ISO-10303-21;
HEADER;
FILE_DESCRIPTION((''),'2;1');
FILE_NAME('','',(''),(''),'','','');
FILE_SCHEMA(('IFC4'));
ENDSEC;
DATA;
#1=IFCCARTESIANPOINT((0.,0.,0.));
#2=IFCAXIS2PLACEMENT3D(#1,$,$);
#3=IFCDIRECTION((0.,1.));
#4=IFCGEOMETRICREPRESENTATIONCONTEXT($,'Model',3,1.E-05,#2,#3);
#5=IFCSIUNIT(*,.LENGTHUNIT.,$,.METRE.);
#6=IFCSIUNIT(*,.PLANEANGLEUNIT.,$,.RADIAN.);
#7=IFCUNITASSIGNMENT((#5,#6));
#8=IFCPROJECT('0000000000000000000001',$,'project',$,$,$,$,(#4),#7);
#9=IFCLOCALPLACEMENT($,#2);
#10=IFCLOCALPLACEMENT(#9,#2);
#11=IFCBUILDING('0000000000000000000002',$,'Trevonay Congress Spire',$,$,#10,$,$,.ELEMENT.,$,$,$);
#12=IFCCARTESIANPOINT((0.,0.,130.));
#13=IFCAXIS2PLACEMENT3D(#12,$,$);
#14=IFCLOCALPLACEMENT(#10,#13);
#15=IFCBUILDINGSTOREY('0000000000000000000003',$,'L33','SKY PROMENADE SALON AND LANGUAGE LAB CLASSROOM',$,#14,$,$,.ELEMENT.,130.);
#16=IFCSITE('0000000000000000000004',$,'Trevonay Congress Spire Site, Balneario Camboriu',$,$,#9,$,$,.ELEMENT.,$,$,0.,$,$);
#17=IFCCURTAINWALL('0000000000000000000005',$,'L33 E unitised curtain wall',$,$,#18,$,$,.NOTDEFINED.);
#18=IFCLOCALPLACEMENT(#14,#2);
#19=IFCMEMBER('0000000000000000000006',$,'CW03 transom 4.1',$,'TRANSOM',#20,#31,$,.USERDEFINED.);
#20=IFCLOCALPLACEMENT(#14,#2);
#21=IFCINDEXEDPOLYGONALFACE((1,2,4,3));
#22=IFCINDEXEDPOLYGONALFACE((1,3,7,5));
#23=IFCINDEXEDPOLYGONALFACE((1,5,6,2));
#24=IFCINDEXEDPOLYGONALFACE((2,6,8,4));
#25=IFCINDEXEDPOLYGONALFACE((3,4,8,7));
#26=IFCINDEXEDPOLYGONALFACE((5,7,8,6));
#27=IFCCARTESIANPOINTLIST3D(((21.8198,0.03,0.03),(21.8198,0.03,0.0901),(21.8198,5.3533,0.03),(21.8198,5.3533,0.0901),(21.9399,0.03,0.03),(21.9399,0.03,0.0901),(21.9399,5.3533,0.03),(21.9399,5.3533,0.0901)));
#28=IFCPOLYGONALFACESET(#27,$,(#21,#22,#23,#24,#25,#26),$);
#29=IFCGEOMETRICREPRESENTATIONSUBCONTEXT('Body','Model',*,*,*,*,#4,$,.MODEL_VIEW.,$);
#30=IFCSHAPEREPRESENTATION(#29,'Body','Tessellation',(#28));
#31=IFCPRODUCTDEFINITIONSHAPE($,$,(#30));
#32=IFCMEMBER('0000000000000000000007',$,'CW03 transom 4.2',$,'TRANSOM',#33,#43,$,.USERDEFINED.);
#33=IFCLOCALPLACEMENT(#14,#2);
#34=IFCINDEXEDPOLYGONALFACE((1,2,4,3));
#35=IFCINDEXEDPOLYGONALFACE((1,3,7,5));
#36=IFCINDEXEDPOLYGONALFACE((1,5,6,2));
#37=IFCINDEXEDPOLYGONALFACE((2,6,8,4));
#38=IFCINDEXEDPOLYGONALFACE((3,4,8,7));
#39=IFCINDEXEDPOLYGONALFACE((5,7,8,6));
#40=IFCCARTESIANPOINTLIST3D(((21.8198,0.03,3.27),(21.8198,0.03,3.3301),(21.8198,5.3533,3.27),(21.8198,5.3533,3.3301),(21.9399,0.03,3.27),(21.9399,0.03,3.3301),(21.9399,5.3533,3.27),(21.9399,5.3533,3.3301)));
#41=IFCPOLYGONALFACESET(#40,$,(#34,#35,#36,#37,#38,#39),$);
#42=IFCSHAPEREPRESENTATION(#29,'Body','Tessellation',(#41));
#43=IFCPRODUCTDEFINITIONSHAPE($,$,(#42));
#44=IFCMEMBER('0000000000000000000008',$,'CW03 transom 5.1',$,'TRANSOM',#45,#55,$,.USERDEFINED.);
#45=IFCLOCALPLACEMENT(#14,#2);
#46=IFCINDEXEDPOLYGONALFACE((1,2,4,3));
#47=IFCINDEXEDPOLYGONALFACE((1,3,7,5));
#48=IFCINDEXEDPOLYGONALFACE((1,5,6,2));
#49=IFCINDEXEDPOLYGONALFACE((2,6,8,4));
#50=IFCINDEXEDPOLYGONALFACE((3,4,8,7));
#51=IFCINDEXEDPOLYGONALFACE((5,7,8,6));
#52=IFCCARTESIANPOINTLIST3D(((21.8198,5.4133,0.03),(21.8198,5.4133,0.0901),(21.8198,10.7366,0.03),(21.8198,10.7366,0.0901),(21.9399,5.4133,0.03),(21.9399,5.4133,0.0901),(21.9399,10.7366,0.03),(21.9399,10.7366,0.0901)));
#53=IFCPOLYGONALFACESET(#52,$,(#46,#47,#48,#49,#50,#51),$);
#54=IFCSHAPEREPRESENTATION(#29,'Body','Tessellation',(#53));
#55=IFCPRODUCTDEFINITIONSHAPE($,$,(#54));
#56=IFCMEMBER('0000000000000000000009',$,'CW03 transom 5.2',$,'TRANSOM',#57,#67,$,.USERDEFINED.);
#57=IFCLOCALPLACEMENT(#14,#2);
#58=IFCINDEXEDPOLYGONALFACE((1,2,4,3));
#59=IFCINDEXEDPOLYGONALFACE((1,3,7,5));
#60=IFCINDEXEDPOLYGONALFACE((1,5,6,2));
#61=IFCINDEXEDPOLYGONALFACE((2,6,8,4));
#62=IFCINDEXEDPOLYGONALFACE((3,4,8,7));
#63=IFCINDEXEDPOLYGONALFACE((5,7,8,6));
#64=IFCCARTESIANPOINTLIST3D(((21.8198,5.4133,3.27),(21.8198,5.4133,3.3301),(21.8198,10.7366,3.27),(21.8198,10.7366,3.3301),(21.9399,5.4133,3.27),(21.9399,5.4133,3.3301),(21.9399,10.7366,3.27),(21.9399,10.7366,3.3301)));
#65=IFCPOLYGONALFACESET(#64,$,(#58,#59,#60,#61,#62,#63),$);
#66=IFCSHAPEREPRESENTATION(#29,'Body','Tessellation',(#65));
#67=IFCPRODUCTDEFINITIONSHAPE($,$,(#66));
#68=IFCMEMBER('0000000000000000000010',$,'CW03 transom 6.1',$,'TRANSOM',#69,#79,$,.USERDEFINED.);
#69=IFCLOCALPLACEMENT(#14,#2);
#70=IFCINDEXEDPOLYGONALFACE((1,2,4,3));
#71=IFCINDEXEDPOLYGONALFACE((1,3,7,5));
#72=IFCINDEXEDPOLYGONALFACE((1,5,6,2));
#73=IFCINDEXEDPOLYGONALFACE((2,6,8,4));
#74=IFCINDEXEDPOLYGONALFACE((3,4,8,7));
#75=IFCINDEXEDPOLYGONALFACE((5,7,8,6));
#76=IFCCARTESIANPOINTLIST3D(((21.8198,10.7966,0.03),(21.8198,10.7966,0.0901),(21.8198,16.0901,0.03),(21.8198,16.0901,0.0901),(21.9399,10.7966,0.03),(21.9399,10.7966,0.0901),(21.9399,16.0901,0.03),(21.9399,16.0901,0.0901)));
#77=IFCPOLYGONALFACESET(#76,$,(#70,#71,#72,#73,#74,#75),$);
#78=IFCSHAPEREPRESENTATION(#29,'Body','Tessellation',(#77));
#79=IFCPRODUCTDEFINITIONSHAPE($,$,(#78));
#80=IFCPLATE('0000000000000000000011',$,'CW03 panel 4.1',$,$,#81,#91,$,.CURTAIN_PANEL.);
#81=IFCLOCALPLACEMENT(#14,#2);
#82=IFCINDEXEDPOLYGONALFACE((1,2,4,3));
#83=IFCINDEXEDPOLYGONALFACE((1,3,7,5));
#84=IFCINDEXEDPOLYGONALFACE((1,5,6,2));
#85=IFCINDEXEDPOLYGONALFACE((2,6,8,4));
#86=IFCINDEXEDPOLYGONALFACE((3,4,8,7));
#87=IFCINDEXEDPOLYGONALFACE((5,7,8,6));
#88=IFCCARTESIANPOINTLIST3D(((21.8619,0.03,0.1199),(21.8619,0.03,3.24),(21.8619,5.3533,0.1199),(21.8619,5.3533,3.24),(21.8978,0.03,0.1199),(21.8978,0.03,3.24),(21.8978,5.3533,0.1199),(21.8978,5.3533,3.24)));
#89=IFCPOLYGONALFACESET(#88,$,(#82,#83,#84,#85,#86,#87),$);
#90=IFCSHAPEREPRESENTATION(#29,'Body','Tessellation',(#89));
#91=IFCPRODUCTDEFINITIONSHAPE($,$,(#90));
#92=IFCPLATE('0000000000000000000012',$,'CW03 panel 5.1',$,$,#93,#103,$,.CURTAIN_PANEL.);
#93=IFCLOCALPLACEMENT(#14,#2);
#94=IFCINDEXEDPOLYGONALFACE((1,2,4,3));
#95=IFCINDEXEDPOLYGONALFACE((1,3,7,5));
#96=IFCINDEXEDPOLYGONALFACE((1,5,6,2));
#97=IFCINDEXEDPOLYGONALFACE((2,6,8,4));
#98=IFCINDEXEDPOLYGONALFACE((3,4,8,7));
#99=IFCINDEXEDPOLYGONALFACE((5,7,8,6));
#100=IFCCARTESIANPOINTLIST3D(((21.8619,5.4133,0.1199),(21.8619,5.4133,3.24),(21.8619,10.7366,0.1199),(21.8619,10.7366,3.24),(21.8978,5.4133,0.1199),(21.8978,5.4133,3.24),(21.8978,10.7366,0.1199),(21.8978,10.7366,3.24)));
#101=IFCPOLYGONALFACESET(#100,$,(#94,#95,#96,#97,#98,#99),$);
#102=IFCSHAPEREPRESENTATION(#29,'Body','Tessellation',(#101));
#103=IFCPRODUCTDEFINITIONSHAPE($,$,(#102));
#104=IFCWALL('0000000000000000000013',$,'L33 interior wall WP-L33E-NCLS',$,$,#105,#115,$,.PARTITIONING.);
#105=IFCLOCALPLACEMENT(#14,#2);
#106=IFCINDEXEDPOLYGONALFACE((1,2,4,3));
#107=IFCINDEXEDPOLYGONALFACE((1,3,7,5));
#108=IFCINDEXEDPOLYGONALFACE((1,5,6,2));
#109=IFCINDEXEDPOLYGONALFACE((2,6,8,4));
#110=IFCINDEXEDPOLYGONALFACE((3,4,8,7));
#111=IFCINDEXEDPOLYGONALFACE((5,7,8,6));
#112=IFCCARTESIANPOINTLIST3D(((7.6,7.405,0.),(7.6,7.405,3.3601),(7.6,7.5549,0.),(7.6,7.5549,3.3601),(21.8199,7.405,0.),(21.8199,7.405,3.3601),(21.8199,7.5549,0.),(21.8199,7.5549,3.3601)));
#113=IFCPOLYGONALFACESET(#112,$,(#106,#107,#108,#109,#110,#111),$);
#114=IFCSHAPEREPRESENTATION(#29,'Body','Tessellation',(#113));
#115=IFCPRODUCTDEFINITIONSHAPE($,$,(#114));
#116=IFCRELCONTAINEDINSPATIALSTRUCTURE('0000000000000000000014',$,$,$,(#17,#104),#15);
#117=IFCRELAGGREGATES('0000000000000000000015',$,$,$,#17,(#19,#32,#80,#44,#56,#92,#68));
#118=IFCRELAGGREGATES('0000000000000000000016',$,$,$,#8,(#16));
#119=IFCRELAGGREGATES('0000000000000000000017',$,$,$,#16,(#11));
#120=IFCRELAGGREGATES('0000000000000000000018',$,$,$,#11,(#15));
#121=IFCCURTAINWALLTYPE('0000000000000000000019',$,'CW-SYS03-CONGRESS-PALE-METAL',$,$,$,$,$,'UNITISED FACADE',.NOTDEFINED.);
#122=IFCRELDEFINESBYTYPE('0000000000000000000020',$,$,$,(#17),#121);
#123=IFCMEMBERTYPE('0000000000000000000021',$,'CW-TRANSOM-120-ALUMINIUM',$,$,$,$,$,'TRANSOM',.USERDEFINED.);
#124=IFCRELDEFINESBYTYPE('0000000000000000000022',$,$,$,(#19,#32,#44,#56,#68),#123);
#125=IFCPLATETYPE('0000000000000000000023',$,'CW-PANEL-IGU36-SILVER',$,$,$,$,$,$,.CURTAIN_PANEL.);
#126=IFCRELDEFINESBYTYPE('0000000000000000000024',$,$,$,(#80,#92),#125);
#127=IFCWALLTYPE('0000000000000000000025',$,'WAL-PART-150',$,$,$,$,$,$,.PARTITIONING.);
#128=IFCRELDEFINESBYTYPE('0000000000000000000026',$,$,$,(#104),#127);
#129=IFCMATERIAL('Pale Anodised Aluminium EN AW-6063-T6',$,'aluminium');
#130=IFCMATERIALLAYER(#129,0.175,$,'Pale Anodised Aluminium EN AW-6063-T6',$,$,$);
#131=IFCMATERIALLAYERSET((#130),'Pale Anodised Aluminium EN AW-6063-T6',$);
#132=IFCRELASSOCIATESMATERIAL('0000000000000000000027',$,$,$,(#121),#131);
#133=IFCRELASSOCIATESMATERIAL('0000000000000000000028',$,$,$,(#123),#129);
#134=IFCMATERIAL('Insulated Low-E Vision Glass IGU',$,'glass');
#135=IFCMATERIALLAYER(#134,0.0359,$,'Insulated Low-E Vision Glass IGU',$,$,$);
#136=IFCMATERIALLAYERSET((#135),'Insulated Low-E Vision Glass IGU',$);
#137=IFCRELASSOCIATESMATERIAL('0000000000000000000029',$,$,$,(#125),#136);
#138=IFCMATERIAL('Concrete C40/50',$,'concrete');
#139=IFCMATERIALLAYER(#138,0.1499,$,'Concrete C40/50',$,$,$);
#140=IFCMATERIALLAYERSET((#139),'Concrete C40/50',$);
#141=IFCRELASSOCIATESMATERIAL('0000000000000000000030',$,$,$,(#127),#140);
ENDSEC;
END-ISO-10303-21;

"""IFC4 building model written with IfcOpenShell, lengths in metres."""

from ifc_helpers import new_model, si_unit, direction, frame, frame_2d, origin, origin_2d, place, context, subcontext, project, spatial, rectangle, extrude, material, layer, layer_set, material_profile, profile_set, type_object, element, aggregate, save


model = new_model("IFC4")

# Units and contexts
model_context = context("Model", 3, precision=1e-05, world=origin(), true_north=direction((0.0, 1.0)))
body_context = subcontext(model_context, "Body", "Model", "MODEL_VIEW")
ifc_project = project(units=[si_unit("LENGTHUNIT", "METRE"), si_unit("PLANEANGLEUNIT", "RADIAN")], contexts=[model_context])

# Site, building, storey
site_placement = place(None, origin())
site = spatial("IfcSite", under=ifc_project, at=site_placement, Name="Trevonay Congress Spire Site, Balneario Camboriu", CompositionType="ELEMENT", RefElevation=0.0)
building_placement = place(site_placement, origin())
building = spatial("IfcBuilding", under=site, at=building_placement, Name="Trevonay Congress Spire", CompositionType="ELEMENT")
storey_placement = place(building_placement, frame((0.0, 0.0, 130.0)))
storey = spatial("IfcBuildingStorey", under=building, at=storey_placement, Name="L33", Description="SKY PROMENADE SALON AND LANGUAGE LAB CLASSROOM", CompositionType="ELEMENT", Elevation=130.0)

# Curtain wall, members, plates
ifc_material_1 = material(Name="Pale Anodised Aluminium EN AW-6063-T6", Category="aluminium")
ifc_layer_1 = layer(ifc_material_1, 0.175, Name="Pale Anodised Aluminium EN AW-6063-T6")
ifc_layer_set_1 = layer_set([ifc_layer_1], Name="Pale Anodised Aluminium EN AW-6063-T6")
curtain_wall_type = type_object("IfcCurtainWallType", Name="CW-SYS03-CONGRESS-PALE-METAL", ElementType="UNITISED FACADE", PredefinedType="NOTDEFINED", material=ifc_layer_set_1)
curtain_wall_placement = place(storey_placement, origin())
curtain_wall = element("IfcCurtainWall", 1, at=curtain_wall_placement, inside=storey, type_object=curtain_wall_type, Name="L33 E unitised curtain wall", PredefinedType="NOTDEFINED")
ifc_material_profile_1 = material_profile(ifc_material_1, rectangle(XDim=0.1201, YDim=0.0601, at=origin_2d()), Name="CW-TRANSOM-120-ALUMINIUM")
ifc_profile_set_1 = profile_set([ifc_material_profile_1], Name="Pale Anodised Aluminium EN AW-6063-T6")
member_type_1 = type_object("IfcMemberType", Name="CW-TRANSOM-120-ALUMINIUM", ElementType="TRANSOM", PredefinedType="USERDEFINED", material=ifc_profile_set_1)
member_1_placement = place(storey_placement, frame((21.8799, 0.03, 0.0601), z_axis=(0.0, 1.0, 0.0), x_axis=(-1.0, 0.0, 0.0)))
member_1 = element("IfcMember", 2, at=member_1_placement, type_object=member_type_1, Name="CW03 transom 4.1", ObjectType="TRANSOM", PredefinedType="USERDEFINED", context=body_context, shape_type="SweptSolid", body=[
    extrude(rectangle(XDim=0.1201, YDim=0.0601, at=origin_2d()), origin(), (0.0, 0.0, 1.0), 5.3232),
])
member_2_placement = place(storey_placement, frame((21.8799, 0.03, 3.3), z_axis=(0.0, 1.0, 0.0), x_axis=(-1.0, 0.0, 0.0)))
member_2 = element("IfcMember", 3, at=member_2_placement, type_object=member_type_1, Name="CW03 transom 4.2", ObjectType="TRANSOM", PredefinedType="USERDEFINED", context=body_context, shape_type="SweptSolid", body=[
    extrude(rectangle(XDim=0.1201, YDim=0.0601, at=origin_2d()), origin(), (0.0, 0.0, 1.0), 5.3232),
])
member_3_placement = place(storey_placement, frame((21.8799, 5.4133, 0.0601), z_axis=(0.0, 1.0, 0.0), x_axis=(-1.0, 0.0, 0.0)))
member_3 = element("IfcMember", 4, at=member_3_placement, type_object=member_type_1, Name="CW03 transom 5.1", ObjectType="TRANSOM", PredefinedType="USERDEFINED", context=body_context, shape_type="SweptSolid", body=[
    extrude(rectangle(XDim=0.1201, YDim=0.0601, at=origin_2d()), origin(), (0.0, 0.0, 1.0), 5.3232),
])
member_4_placement = place(storey_placement, frame((21.8799, 5.4133, 3.3), z_axis=(0.0, 1.0, 0.0), x_axis=(-1.0, 0.0, 0.0)))
member_4 = element("IfcMember", 5, at=member_4_placement, type_object=member_type_1, Name="CW03 transom 5.2", ObjectType="TRANSOM", PredefinedType="USERDEFINED", context=body_context, shape_type="SweptSolid", body=[
    extrude(rectangle(XDim=0.1201, YDim=0.0601, at=origin_2d()), origin(), (0.0, 0.0, 1.0), 5.3232),
])
member_5_placement = place(storey_placement, frame((21.8799, 10.7966, 0.0601), z_axis=(0.0, 1.0, 0.0), x_axis=(-1.0, 0.0, 0.0)))
member_5 = element("IfcMember", 6, at=member_5_placement, type_object=member_type_1, Name="CW03 transom 6.1", ObjectType="TRANSOM", PredefinedType="USERDEFINED", context=body_context, shape_type="SweptSolid", body=[
    extrude(rectangle(XDim=0.1201, YDim=0.0601, at=origin_2d()), origin(), (0.0, 0.0, 1.0), 5.2935),
])
ifc_material_2 = material(Name="Insulated Low-E Vision Glass IGU", Category="glass")
ifc_layer_2 = layer(ifc_material_2, 0.0359, Name="Insulated Low-E Vision Glass IGU")
ifc_layer_set_2 = layer_set([ifc_layer_2], Name="Insulated Low-E Vision Glass IGU")
plate_type = type_object("IfcPlateType", Name="CW-PANEL-IGU36-SILVER", PredefinedType="CURTAIN_PANEL", material=ifc_layer_set_2)
plate_1_placement = place(storey_placement, frame((21.8799, 2.6917, 0.1199), z_axis=(0.0, 0.0, 1.0), x_axis=(0.0, 1.0, 0.0)))
plate_1 = element("IfcPlate", 7, at=plate_1_placement, type_object=plate_type, Name="CW03 panel 4.1", PredefinedType="CURTAIN_PANEL", context=body_context, shape_type="SweptSolid", body=[
    extrude(rectangle(XDim=5.3232, YDim=0.0359, at=origin_2d()), origin(), (0.0, 0.0, 1.0), 3.1201),
])
plate_2_placement = place(storey_placement, frame((21.8799, 8.075, 0.1199), z_axis=(0.0, 0.0, 1.0), x_axis=(0.0, 1.0, 0.0)))
plate_2 = element("IfcPlate", 8, at=plate_2_placement, type_object=plate_type, Name="CW03 panel 5.1", PredefinedType="CURTAIN_PANEL", context=body_context, shape_type="SweptSolid", body=[
    extrude(rectangle(XDim=5.3232, YDim=0.0359, at=origin_2d()), origin(), (0.0, 0.0, 1.0), 3.1201),
])
aggregate(curtain_wall, [member_1, member_2, plate_1, member_3, member_4, plate_2, member_5])

# Wall
ifc_material_3 = material(Name="Concrete C40/50", Category="concrete")
ifc_layer_3 = layer(ifc_material_3, 0.1499, Name="Concrete C40/50")
ifc_layer_set_3 = layer_set([ifc_layer_3], Name="Concrete C40/50")
wall_type = type_object("IfcWallType", Name="WAL-PART-150", PredefinedType="PARTITIONING", material=ifc_layer_set_3)
wall_placement = place(storey_placement, frame((7.6001, 7.48, 0.0), z_axis=(0.0, 0.0, 1.0), x_axis=(1.0, 0.0, 0.0)))
element("IfcWall", 9, at=wall_placement, inside=storey, type_object=wall_type, Name="L33 interior wall WP-L33E-NCLS", PredefinedType="PARTITIONING", context=body_context, shape_type="SweptSolid", body=[
    extrude(rectangle(XDim=14.22, YDim=0.1499, at=frame_2d((7.1099, 0.0))), origin(), (0.0, 0.0, 1.0), 3.3601),
])

save(model, "model.ifc")
